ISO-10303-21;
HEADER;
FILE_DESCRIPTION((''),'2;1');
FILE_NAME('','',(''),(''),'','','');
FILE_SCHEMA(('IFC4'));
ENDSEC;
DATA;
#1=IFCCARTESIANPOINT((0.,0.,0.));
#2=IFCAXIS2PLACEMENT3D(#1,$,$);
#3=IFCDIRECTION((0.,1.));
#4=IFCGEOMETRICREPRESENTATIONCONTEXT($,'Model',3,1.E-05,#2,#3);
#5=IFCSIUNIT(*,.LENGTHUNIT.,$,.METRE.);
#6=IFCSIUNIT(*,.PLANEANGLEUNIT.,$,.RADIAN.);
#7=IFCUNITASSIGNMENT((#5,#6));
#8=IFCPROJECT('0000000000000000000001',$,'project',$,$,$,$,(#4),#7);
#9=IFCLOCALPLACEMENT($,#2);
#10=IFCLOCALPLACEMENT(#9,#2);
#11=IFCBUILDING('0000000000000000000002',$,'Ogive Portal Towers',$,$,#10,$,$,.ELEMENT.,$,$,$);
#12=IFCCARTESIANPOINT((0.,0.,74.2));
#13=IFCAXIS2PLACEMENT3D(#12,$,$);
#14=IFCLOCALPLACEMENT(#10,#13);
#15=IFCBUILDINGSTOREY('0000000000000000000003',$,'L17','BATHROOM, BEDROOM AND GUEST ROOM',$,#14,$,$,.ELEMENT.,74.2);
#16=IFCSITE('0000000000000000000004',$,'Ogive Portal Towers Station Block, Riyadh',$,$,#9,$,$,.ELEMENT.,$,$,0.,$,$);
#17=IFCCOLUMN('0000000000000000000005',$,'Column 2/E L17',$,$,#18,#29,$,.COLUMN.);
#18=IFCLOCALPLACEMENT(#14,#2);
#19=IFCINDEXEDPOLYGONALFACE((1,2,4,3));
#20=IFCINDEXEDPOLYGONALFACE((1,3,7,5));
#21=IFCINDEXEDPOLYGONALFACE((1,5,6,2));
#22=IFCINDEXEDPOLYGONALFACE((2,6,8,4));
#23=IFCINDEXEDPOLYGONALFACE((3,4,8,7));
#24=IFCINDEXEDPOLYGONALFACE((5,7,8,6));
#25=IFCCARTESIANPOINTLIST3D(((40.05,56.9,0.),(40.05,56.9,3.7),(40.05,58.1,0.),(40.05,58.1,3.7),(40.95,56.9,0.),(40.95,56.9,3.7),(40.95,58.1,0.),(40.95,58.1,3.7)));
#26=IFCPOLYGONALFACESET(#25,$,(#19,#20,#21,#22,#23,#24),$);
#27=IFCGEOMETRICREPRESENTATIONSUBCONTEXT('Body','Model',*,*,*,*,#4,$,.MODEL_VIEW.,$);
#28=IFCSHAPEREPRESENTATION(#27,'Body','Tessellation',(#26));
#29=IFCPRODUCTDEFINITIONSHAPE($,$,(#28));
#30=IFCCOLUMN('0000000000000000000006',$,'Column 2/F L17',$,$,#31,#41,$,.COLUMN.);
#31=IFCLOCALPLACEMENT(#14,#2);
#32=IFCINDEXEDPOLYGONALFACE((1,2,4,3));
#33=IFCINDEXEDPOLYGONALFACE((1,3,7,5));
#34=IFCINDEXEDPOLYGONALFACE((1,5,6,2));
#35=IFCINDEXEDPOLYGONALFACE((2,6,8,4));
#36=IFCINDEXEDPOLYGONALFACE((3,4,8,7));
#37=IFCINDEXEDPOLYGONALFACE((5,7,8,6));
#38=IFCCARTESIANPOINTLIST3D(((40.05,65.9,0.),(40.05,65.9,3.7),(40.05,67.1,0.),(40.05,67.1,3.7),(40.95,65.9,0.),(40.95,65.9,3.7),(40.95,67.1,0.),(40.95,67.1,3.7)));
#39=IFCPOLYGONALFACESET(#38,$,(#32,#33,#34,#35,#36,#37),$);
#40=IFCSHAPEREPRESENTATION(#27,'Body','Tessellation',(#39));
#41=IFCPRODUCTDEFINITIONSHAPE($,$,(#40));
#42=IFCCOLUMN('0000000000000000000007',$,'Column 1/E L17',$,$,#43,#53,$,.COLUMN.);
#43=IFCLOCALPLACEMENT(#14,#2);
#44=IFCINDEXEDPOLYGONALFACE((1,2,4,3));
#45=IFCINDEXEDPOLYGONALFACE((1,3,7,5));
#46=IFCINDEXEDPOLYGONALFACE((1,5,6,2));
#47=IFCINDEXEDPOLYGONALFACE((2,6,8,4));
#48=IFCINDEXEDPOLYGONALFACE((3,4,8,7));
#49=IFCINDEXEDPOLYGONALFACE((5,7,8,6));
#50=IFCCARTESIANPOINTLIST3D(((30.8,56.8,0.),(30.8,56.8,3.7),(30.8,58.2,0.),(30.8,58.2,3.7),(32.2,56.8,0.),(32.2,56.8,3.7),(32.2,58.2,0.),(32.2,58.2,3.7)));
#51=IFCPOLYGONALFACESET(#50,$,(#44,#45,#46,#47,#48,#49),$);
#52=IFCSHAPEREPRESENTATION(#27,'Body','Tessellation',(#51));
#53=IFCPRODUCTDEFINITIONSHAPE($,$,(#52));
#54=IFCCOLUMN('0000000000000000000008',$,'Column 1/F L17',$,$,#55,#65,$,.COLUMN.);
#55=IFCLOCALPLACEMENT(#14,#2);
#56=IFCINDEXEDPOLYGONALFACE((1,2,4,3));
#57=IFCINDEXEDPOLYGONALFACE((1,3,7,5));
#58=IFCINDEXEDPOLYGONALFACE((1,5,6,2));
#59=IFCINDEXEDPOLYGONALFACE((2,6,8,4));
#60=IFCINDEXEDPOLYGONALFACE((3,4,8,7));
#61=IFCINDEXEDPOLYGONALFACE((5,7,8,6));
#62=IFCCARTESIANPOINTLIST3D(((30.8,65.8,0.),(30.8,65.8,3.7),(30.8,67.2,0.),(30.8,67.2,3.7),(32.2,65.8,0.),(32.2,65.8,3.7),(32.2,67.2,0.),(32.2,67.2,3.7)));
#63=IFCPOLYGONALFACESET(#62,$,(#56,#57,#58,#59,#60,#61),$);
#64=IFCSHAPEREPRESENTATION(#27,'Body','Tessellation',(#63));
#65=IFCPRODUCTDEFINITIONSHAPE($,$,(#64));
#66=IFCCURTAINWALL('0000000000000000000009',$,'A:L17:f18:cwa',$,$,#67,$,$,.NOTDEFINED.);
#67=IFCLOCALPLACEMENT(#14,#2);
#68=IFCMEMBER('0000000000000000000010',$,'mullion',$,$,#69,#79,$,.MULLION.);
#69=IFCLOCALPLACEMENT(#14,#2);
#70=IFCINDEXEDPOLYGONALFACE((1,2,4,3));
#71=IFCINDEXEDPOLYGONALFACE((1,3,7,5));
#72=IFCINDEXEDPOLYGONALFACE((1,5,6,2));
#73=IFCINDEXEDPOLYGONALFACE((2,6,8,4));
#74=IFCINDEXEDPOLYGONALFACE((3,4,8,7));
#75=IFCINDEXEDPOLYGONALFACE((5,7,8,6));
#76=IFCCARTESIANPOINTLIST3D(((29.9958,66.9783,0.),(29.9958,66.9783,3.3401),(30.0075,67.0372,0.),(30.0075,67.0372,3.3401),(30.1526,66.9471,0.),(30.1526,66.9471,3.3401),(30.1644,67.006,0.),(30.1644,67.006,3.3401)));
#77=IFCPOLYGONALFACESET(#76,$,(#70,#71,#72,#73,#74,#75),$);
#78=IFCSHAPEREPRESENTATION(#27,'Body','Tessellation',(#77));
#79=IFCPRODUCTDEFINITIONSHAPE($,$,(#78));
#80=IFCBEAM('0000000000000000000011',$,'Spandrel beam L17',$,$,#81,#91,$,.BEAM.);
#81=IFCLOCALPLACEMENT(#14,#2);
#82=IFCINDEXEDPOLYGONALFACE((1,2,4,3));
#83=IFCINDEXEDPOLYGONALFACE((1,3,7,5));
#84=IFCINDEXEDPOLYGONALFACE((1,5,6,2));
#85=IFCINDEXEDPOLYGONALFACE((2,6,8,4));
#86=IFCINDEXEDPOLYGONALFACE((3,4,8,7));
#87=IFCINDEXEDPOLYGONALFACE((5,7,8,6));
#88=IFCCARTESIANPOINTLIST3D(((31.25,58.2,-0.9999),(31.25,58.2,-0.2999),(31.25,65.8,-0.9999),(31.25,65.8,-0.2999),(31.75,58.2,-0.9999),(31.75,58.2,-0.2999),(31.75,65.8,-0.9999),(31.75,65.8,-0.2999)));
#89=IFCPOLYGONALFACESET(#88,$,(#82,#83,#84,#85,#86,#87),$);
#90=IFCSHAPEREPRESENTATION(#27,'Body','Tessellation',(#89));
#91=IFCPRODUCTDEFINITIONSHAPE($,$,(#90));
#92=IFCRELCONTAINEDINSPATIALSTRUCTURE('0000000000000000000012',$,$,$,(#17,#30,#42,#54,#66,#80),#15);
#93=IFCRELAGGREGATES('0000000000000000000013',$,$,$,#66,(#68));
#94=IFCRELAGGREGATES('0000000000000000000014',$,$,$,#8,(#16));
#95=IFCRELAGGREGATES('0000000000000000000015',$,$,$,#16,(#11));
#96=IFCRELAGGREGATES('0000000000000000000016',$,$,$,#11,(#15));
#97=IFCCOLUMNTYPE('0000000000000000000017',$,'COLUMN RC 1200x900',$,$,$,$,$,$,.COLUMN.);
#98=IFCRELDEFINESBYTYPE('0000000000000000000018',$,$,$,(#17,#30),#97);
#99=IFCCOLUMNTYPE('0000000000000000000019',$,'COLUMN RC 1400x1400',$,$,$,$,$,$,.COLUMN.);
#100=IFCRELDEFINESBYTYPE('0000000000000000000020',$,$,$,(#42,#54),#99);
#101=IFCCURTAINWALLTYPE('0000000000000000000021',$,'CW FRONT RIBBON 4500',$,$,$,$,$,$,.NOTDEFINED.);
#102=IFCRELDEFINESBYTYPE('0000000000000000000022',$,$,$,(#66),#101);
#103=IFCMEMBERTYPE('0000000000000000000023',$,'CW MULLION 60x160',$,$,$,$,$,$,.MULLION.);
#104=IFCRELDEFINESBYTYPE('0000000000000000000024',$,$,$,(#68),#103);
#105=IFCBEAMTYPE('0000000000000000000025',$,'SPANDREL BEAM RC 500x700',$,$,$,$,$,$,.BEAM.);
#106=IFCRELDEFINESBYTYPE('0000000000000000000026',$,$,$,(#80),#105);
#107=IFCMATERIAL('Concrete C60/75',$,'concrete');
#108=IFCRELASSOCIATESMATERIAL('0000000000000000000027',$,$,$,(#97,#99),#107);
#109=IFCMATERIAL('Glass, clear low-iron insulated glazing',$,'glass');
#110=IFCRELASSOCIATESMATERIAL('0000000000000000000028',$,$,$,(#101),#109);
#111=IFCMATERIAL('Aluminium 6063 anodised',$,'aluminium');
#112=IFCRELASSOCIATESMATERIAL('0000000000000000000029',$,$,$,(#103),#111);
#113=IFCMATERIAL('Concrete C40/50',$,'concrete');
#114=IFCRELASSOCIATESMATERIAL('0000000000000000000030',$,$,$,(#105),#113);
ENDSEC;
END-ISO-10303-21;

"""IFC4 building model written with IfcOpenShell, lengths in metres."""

from ifc_helpers import new_model, si_unit, direction, frame, origin, origin_2d, place, context, subcontext, project, spatial, rectangle, extrude, material, material_profile, profile_set, type_object, element, aggregate, save


model = new_model("IFC4")

# Units and contexts
model_context = context("Model", 3, precision=1e-05, world=origin(), true_north=direction((0.0, 1.0)))
body_context = subcontext(model_context, "Body", "Model", "MODEL_VIEW")
ifc_project = project(units=[si_unit("LENGTHUNIT", "METRE"), si_unit("PLANEANGLEUNIT", "RADIAN")], contexts=[model_context])

# Site, building, storey
site_placement = place(None, origin())
site = spatial("IfcSite", under=ifc_project, at=site_placement, Name="Ogive Portal Towers Station Block, Riyadh", CompositionType="ELEMENT", RefElevation=0.0)
building_placement = place(site_placement, origin())
building = spatial("IfcBuilding", under=site, at=building_placement, Name="Ogive Portal Towers", CompositionType="ELEMENT")
storey_placement = place(building_placement, frame((0.0, 0.0, 74.2)))
storey = spatial("IfcBuildingStorey", under=building, at=storey_placement, Name="L17", Description="BATHROOM, BEDROOM AND GUEST ROOM", CompositionType="ELEMENT", Elevation=74.2)

# Columns
ifc_material_1 = material(Name="Concrete C60/75", Category="concrete")
ifc_material_profile_1 = material_profile(ifc_material_1, rectangle(XDim=1.2, YDim=0.8999, at=origin_2d()), Name="RC 1200x900")
ifc_profile_set_1 = profile_set([ifc_material_profile_1], Name="Concrete C60/75")
column_type_1 = type_object("IfcColumnType", Name="COLUMN RC 1200x900", PredefinedType="COLUMN", material=ifc_profile_set_1)
for number, where, z_axis, x_axis, name in (
    (1, (40.5, 57.5, 0.0), (0.0, 0.0, 1.0), (0.0, 1.0, 0.0), "Column 2/E L17"),
    (2, (40.5, 66.5, 0.0), (0.0, 0.0, 1.0), (0.0, 1.0, 0.0), "Column 2/F L17"),
):
    element("IfcColumn", number, at=place(storey_placement, frame(where, z_axis=z_axis, x_axis=x_axis)), inside=storey, type_object=column_type_1, Name=name, PredefinedType="COLUMN", context=body_context, shape_type="SweptSolid", body=[
        extrude(rectangle(XDim=1.2, YDim=0.8999, at=origin_2d()), origin(), (0.0, 0.0, 1.0), 3.7),
    ])
ifc_material_profile_2 = material_profile(ifc_material_1, rectangle(XDim=1.3999, YDim=1.3999, at=origin_2d()), Name="RC 1400x1400")
ifc_profile_set_2 = profile_set([ifc_material_profile_2], Name="Concrete C60/75")
column_type_2 = type_object("IfcColumnType", Name="COLUMN RC 1400x1400", PredefinedType="COLUMN", material=ifc_profile_set_2)
for number, where, z_axis, x_axis, name in (
    (3, (31.5, 57.5, 0.0), (0.0, 0.0, 1.0), (1.0, 0.0, 0.0), "Column 1/E L17"),
    (4, (31.5, 66.5, 0.0), (0.0, 0.0, 1.0), (1.0, 0.0, 0.0), "Column 1/F L17"),
):
    element("IfcColumn", number, at=place(storey_placement, frame(where, z_axis=z_axis, x_axis=x_axis)), inside=storey, type_object=column_type_2, Name=name, PredefinedType="COLUMN", context=body_context, shape_type="SweptSolid", body=[
        extrude(rectangle(XDim=1.3999, YDim=1.3999, at=origin_2d()), origin(), (0.0, 0.0, 1.0), 3.7),
    ])

# Curtain wall, member
ifc_material_2 = material(Name="Glass, clear low-iron insulated glazing", Category="glass")
curtain_wall_type = type_object("IfcCurtainWallType", Name="CW FRONT RIBBON 4500", PredefinedType="NOTDEFINED", material=ifc_material_2)
curtain_wall_placement = place(storey_placement, origin())
curtain_wall = element("IfcCurtainWall", 5, at=curtain_wall_placement, inside=storey, type_object=curtain_wall_type, Name="A:L17:f18:cwa", PredefinedType="NOTDEFINED")
ifc_material_3 = material(Name="Aluminium 6063 anodised", Category="aluminium")
ifc_material_profile_3 = material_profile(ifc_material_3, rectangle(XDim=0.1599, YDim=0.0601, at=origin_2d()), Name="AL 60x160")
ifc_profile_set_3 = profile_set([ifc_material_profile_3], Name="Aluminium 6063 anodised")
member_type = type_object("IfcMemberType", Name="CW MULLION 60x160", PredefinedType="MULLION", material=ifc_profile_set_3)
member_placement = place(storey_placement, frame((30.0801, 66.9922, 0.0), z_axis=(0.0, 0.0, 1.0), x_axis=(0.980785, -0.19509, 0.0)))
member = element("IfcMember", 6, at=member_placement, type_object=member_type, Name="mullion", PredefinedType="MULLION", context=body_context, shape_type="SweptSolid", body=[
    extrude(rectangle(XDim=0.1599, YDim=0.0601, at=origin_2d()), origin(), (0.0, 0.0, 1.0), 3.3401),
])
aggregate(curtain_wall, [member])

# Beam
ifc_material_4 = material(Name="Concrete C40/50", Category="concrete")
ifc_material_profile_4 = material_profile(ifc_material_4, rectangle(XDim=0.5, YDim=0.7, at=origin_2d()), Name="RC 500x700")
ifc_profile_set_4 = profile_set([ifc_material_profile_4], Name="Concrete C40/50")
beam_type = type_object("IfcBeamType", Name="SPANDREL BEAM RC 500x700", PredefinedType="BEAM", material=ifc_profile_set_4)
beam_placement = place(storey_placement, frame((31.5, 58.2, -0.6499), z_axis=(0.0, 1.0, 0.0), x_axis=(-1.0, 0.0, 0.0)))
element("IfcBeam", 7, at=beam_placement, inside=storey, type_object=beam_type, Name="Spandrel beam L17", PredefinedType="BEAM", context=body_context, shape_type="SweptSolid", body=[
    extrude(rectangle(XDim=0.5, YDim=0.7, at=origin_2d()), origin(), (0.0, 0.0, 1.0), 7.6001),
])

save(model, "model.ifc")
